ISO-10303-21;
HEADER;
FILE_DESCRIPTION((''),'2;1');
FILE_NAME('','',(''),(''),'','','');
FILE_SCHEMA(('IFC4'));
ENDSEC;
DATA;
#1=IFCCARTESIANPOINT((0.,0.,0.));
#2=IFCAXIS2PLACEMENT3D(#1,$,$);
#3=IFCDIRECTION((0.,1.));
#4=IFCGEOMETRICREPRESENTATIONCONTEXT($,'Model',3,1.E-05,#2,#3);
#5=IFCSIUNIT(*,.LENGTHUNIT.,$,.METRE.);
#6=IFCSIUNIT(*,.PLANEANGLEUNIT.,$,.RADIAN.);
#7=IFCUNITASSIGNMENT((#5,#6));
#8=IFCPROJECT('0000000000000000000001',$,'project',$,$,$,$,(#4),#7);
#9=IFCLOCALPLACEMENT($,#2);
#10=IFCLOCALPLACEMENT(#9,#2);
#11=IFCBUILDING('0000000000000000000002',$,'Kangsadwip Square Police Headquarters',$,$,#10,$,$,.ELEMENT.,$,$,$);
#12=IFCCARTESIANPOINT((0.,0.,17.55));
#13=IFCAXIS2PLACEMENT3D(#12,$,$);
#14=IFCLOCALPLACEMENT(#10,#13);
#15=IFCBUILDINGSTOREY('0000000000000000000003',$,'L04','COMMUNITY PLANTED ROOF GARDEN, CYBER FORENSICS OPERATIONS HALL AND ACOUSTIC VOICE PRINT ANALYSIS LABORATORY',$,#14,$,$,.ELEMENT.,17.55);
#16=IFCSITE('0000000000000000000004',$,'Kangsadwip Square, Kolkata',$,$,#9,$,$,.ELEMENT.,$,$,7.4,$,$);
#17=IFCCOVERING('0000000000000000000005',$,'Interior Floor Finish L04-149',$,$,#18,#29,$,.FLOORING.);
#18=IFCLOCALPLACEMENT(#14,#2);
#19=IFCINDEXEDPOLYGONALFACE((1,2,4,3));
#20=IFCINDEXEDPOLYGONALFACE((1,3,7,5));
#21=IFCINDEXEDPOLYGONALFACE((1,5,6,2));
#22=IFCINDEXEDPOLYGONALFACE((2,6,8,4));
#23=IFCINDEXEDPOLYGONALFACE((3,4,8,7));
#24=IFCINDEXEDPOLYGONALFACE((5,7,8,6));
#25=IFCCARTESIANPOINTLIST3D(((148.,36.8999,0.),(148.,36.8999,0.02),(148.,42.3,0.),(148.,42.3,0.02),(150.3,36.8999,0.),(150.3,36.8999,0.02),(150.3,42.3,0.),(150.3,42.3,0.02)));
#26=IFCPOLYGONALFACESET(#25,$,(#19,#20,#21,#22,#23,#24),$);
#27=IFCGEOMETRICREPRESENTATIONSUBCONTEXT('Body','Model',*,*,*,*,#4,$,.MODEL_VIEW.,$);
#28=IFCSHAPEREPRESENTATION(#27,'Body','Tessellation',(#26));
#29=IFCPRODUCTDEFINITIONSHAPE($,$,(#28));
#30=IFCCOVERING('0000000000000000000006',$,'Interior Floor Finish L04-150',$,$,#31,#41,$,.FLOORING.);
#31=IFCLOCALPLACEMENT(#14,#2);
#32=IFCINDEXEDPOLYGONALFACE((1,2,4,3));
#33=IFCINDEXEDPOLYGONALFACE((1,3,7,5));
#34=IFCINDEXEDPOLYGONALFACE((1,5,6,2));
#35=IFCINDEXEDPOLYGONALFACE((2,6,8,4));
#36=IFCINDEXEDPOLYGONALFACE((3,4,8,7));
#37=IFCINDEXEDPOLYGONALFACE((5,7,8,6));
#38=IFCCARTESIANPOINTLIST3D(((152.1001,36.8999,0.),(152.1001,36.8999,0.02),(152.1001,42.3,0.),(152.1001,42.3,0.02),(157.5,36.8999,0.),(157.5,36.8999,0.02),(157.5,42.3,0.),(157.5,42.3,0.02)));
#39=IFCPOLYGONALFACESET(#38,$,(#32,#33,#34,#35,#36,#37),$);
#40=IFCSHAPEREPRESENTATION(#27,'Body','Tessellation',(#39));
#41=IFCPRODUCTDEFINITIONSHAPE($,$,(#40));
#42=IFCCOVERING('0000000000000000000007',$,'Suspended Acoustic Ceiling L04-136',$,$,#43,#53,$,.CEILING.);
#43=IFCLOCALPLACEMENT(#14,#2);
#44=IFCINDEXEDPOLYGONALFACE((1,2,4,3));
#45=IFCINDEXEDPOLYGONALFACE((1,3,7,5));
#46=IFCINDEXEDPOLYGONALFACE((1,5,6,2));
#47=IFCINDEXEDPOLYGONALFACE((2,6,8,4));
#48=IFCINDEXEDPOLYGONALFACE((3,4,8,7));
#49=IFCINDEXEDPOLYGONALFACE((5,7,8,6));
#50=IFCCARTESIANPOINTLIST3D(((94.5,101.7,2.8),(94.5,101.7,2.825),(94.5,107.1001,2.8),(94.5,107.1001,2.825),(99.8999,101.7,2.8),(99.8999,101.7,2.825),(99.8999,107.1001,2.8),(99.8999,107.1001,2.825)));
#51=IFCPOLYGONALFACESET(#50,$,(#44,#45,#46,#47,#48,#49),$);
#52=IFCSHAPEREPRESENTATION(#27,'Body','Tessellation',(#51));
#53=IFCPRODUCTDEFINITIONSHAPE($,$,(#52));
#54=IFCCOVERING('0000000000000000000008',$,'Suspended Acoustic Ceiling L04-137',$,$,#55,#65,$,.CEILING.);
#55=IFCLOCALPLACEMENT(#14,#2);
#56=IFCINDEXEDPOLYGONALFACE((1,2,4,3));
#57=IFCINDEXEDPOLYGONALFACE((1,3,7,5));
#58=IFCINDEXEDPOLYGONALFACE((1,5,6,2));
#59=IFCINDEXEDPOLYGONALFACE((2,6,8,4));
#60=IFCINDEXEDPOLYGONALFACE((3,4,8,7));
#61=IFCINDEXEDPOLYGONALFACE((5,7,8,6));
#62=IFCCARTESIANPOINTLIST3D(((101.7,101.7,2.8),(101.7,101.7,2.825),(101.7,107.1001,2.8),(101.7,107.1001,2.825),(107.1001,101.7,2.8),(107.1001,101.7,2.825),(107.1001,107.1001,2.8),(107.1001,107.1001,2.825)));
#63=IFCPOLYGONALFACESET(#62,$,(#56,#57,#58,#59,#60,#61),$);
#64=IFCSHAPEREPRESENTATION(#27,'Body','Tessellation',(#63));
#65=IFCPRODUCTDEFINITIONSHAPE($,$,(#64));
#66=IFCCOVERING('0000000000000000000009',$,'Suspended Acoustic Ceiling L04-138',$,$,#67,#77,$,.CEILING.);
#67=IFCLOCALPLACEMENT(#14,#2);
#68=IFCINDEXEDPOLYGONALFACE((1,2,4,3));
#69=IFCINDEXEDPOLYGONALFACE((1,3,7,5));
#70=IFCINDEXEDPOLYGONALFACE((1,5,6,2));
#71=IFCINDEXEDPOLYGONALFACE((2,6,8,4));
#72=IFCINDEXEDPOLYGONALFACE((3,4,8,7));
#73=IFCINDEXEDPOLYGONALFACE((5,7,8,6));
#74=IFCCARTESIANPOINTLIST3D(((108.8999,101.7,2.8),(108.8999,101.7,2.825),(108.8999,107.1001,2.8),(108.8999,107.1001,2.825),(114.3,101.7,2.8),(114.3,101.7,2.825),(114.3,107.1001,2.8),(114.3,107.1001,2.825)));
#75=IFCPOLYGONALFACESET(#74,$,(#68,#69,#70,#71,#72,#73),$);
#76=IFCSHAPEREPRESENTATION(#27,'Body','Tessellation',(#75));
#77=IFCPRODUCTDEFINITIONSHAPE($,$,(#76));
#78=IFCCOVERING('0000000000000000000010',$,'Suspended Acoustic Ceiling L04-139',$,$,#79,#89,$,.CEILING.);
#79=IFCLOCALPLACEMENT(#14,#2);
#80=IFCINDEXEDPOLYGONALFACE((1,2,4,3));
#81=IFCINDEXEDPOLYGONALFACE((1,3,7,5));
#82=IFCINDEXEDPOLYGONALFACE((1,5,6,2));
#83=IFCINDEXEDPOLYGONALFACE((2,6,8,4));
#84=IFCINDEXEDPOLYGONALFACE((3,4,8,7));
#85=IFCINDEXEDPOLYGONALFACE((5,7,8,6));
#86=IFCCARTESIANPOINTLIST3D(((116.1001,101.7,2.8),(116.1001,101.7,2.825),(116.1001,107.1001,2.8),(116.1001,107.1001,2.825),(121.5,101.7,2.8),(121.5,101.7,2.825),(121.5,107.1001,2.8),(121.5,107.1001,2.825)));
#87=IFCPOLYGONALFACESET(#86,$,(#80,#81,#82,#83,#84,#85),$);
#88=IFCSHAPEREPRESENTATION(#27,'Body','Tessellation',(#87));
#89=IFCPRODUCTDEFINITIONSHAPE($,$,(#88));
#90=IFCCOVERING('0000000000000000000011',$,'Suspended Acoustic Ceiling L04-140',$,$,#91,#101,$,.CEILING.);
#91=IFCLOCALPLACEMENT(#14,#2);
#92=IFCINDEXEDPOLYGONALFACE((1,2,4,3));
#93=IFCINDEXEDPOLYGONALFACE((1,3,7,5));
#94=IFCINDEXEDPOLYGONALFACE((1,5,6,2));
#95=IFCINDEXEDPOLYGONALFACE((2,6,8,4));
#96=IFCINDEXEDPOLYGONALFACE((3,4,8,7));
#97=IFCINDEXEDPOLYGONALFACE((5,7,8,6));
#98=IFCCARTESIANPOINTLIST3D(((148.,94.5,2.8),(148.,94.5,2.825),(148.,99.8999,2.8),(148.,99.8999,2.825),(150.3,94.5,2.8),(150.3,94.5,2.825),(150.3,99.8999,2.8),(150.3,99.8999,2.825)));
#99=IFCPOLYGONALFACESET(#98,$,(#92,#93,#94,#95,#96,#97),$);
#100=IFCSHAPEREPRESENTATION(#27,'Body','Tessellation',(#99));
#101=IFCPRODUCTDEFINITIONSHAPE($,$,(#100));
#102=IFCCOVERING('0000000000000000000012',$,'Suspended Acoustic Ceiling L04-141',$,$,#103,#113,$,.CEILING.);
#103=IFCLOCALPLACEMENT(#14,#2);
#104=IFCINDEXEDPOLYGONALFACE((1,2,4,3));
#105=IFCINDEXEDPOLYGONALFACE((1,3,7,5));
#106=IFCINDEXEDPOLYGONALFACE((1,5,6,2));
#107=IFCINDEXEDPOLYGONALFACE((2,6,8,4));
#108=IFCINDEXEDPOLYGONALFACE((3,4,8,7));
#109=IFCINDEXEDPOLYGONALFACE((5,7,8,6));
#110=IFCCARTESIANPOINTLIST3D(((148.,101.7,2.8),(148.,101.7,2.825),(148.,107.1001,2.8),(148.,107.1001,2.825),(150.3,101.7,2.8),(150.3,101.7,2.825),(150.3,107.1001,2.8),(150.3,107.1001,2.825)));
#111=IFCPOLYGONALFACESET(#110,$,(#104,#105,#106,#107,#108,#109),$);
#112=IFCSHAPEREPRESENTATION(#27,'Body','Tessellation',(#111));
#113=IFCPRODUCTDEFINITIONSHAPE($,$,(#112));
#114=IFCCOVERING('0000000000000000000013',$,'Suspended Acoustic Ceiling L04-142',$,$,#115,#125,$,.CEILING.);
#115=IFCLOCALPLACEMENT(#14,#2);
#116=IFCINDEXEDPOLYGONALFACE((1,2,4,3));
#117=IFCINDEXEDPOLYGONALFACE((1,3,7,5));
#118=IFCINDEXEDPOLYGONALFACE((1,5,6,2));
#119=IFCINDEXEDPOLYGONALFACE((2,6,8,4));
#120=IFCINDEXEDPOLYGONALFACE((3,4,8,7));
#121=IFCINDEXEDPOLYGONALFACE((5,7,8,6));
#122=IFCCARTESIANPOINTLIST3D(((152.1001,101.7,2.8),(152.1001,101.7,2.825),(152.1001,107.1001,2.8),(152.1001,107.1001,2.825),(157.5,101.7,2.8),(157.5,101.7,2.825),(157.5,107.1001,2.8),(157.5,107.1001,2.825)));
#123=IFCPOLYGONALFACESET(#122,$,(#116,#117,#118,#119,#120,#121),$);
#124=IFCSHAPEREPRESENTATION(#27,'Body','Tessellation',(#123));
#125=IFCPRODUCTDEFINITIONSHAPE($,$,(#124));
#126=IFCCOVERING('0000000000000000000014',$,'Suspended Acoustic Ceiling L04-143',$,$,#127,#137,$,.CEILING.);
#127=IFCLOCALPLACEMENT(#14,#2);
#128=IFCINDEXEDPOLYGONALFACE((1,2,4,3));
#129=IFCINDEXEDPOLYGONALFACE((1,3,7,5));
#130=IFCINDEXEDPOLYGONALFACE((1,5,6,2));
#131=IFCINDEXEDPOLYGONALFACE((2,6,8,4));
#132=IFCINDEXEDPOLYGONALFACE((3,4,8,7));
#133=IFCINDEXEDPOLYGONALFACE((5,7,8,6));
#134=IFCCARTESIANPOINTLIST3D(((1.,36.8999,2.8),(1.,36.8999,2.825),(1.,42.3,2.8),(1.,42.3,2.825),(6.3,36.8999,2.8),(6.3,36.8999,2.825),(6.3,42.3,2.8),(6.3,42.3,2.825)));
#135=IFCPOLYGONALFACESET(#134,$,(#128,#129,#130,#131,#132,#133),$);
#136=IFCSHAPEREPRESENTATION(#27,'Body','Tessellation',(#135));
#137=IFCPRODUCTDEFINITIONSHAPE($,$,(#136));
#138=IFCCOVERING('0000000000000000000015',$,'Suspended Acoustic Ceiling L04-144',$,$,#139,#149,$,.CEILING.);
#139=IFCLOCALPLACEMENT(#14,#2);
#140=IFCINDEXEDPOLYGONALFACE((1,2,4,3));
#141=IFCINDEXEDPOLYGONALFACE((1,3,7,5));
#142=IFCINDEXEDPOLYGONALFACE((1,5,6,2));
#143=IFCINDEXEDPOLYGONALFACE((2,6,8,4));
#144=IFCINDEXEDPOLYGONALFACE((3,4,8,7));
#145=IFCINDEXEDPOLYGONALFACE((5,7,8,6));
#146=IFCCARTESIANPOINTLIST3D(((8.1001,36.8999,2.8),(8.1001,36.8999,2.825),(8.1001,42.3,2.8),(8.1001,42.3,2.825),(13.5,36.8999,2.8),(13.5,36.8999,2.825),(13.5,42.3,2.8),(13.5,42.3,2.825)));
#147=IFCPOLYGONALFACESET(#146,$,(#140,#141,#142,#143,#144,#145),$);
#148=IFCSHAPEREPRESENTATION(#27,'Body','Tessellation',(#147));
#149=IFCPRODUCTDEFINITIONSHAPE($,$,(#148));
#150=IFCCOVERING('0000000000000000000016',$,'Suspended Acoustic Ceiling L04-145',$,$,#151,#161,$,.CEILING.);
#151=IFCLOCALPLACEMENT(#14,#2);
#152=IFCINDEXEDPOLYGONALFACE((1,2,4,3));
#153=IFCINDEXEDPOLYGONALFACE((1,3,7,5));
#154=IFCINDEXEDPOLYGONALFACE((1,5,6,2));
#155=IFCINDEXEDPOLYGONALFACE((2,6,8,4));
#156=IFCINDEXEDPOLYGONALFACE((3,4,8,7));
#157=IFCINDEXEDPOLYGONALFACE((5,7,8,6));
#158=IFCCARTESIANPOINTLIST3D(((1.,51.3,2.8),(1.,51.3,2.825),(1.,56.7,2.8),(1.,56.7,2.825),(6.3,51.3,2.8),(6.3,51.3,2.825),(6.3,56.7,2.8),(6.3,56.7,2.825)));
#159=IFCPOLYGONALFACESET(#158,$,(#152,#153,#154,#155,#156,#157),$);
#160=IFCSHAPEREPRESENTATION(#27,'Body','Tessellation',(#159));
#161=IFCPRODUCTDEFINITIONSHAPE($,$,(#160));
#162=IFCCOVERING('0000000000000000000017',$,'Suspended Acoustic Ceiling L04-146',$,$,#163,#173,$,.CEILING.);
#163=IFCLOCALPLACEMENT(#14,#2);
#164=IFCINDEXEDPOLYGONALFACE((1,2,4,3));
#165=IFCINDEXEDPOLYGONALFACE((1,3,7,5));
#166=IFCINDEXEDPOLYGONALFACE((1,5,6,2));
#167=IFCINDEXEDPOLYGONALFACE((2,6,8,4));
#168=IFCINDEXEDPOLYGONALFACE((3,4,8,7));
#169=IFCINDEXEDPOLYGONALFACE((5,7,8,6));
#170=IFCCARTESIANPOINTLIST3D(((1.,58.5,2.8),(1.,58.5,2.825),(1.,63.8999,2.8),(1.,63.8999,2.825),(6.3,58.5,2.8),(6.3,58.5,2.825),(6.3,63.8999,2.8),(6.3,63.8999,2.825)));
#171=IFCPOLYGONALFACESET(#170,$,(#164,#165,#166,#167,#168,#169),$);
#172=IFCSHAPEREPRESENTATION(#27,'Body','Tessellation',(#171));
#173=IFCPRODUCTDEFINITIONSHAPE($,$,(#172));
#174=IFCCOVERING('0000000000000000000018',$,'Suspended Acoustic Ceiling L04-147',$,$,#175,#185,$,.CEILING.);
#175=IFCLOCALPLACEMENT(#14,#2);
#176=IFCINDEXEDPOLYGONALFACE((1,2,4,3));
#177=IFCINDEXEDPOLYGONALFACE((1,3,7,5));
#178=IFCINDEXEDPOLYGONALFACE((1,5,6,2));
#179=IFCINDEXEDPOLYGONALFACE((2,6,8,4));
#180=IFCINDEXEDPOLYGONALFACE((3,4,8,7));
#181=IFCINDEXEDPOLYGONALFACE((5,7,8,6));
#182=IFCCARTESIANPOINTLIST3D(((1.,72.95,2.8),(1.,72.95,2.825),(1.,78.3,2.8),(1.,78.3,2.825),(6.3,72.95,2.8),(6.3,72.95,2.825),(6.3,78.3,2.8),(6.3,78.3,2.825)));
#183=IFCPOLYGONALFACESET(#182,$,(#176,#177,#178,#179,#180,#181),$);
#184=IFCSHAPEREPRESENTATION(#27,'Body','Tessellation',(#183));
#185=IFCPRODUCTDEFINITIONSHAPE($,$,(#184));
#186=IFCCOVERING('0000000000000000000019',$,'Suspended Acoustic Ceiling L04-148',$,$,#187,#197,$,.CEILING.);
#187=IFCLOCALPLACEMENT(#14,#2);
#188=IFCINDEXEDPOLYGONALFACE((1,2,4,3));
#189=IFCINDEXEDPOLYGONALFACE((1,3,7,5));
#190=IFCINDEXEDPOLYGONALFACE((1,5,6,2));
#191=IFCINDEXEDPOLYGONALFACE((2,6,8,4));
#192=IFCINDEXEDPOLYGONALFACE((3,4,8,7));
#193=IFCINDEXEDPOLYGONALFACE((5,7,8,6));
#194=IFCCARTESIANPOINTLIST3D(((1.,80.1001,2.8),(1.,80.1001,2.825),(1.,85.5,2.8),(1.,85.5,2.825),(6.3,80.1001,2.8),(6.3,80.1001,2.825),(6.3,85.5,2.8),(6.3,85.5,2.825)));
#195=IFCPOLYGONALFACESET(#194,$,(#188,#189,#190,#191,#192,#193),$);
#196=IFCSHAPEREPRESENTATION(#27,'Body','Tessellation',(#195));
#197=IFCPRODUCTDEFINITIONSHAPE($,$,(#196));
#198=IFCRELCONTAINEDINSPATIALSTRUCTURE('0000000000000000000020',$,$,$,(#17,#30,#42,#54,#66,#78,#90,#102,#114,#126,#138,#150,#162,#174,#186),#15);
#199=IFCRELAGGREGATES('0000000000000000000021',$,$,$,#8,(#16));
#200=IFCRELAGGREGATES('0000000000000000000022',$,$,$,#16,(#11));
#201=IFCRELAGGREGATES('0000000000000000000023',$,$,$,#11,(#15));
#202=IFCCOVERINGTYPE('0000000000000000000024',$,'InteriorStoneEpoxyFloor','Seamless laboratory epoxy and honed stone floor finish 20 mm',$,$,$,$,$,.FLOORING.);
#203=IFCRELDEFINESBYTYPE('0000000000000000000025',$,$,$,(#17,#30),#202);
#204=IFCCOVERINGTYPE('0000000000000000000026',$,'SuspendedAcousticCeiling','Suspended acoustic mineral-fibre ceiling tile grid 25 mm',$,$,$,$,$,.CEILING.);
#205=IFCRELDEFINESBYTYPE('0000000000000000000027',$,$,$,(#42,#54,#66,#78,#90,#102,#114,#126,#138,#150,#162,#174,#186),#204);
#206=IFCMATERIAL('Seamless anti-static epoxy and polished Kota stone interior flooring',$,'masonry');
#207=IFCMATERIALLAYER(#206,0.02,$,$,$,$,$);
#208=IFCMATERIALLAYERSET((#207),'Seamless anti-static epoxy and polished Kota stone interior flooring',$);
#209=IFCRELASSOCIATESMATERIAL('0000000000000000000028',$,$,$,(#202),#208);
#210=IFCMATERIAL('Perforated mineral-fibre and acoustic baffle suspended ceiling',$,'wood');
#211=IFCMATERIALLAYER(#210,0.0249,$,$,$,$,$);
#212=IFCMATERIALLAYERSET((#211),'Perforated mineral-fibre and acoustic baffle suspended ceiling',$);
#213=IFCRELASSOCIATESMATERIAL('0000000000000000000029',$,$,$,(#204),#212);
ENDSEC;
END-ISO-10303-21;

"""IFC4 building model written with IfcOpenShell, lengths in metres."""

from ifc_helpers import new_model, si_unit, direction, frame, origin, place, context, subcontext, project, spatial, polyline, outline, extrude, material, layer, layer_set, type_object, element, save


model = new_model("IFC4")

# Units and contexts
model_context = context("Model", 3, precision=1e-05, world=origin(), true_north=direction((0.0, 1.0)))
body_context = subcontext(model_context, "Body", "Model", "MODEL_VIEW")
ifc_project = project(units=[si_unit("LENGTHUNIT", "METRE"), si_unit("PLANEANGLEUNIT", "RADIAN")], contexts=[model_context])

# Site, building, storey
site_placement = place(None, origin())
site = spatial("IfcSite", under=ifc_project, at=site_placement, Name="Kangsadwip Square, Kolkata", CompositionType="ELEMENT", RefElevation=7.4)
building_placement = place(site_placement, origin())
building = spatial("IfcBuilding", under=site, at=building_placement, Name="Kangsadwip Square Police Headquarters", CompositionType="ELEMENT")
storey_placement = place(building_placement, frame((0.0, 0.0, 17.55)))
storey = spatial("IfcBuildingStorey", under=building, at=storey_placement, Name="L04", Description="COMMUNITY PLANTED ROOF GARDEN, CYBER FORENSICS OPERATIONS HALL AND ACOUSTIC VOICE PRINT ANALYSIS LABORATORY", CompositionType="ELEMENT", Elevation=17.55)

# Coverings
ifc_material_1 = material(Name="Seamless anti-static epoxy and polished Kota stone interior flooring", Category="masonry")
ifc_layer_1 = layer(ifc_material_1, 0.02)
ifc_layer_set_1 = layer_set([ifc_layer_1], Name="Seamless anti-static epoxy and polished Kota stone interior flooring")
covering_type_1 = type_object("IfcCoveringType", Name="InteriorStoneEpoxyFloor", Description="Seamless laboratory epoxy and honed stone floor finish 20 mm", PredefinedType="FLOORING", material=ifc_layer_set_1)
covering_1_placement = place(storey_placement, origin())
element("IfcCovering", 1, at=covering_1_placement, inside=storey, type_object=covering_type_1, Name="Interior Floor Finish L04-149", PredefinedType="FLOORING", context=body_context, shape_type="SweptSolid", body=[
    extrude(outline(polyline([(148.0, 36.8999), (150.3, 36.8999), (150.3, 42.3), (148.0, 42.3), (148.0, 36.8999)])), origin(), (0.0, 0.0, 1.0), 0.02),
])
covering_2_placement = place(storey_placement, origin())
element("IfcCovering", 2, at=covering_2_placement, inside=storey, type_object=covering_type_1, Name="Interior Floor Finish L04-150", PredefinedType="FLOORING", context=body_context, shape_type="SweptSolid", body=[
    extrude(outline(polyline([(152.1001, 36.8999), (157.5, 36.8999), (157.5, 42.3), (152.1001, 42.3), (152.1001, 36.8999)])), origin(), (0.0, 0.0, 1.0), 0.02),
])
ifc_material_2 = material(Name="Perforated mineral-fibre and acoustic baffle suspended ceiling", Category="wood")
ifc_layer_2 = layer(ifc_material_2, 0.0249)
ifc_layer_set_2 = layer_set([ifc_layer_2], Name="Perforated mineral-fibre and acoustic baffle suspended ceiling")
covering_type_2 = type_object("IfcCoveringType", Name="SuspendedAcousticCeiling", Description="Suspended acoustic mineral-fibre ceiling tile grid 25 mm", PredefinedType="CEILING", material=ifc_layer_set_2)
covering_3_placement = place(storey_placement, frame((0.0, 0.0, 2.8)))
element("IfcCovering", 3, at=covering_3_placement, inside=storey, type_object=covering_type_2, Name="Suspended Acoustic Ceiling L04-136", PredefinedType="CEILING", context=body_context, shape_type="SweptSolid", body=[
    extrude(outline(polyline([(94.5, 101.7), (99.8999, 101.7), (99.8999, 107.1001), (94.5, 107.1001), (94.5, 101.7)])), origin(), (0.0, 0.0, 1.0), 0.0249),
])
covering_4_placement = place(storey_placement, frame((0.0, 0.0, 2.8)))
element("IfcCovering", 4, at=covering_4_placement, inside=storey, type_object=covering_type_2, Name="Suspended Acoustic Ceiling L04-137", PredefinedType="CEILING", context=body_context, shape_type="SweptSolid", body=[
    extrude(outline(polyline([(101.7, 101.7), (107.1001, 101.7), (107.1001, 107.1001), (101.7, 107.1001), (101.7, 101.7)])), origin(), (0.0, 0.0, 1.0), 0.0249),
])
covering_5_placement = place(storey_placement, frame((0.0, 0.0, 2.8)))
element("IfcCovering", 5, at=covering_5_placement, inside=storey, type_object=covering_type_2, Name="Suspended Acoustic Ceiling L04-138", PredefinedType="CEILING", context=body_context, shape_type="SweptSolid", body=[
    extrude(outline(polyline([(108.8999, 101.7), (114.3, 101.7), (114.3, 107.1001), (108.8999, 107.1001), (108.8999, 101.7)])), origin(), (0.0, 0.0, 1.0), 0.0249),
])
covering_6_placement = place(storey_placement, frame((0.0, 0.0, 2.8)))
element("IfcCovering", 6, at=covering_6_placement, inside=storey, type_object=covering_type_2, Name="Suspended Acoustic Ceiling L04-139", PredefinedType="CEILING", context=body_context, shape_type="SweptSolid", body=[
    extrude(outline(polyline([(116.1001, 101.7), (121.5, 101.7), (121.5, 107.1001), (116.1001, 107.1001), (116.1001, 101.7)])), origin(), (0.0, 0.0, 1.0), 0.0249),
])
covering_7_placement = place(storey_placement, frame((0.0, 0.0, 2.8)))
element("IfcCovering", 7, at=covering_7_placement, inside=storey, type_object=covering_type_2, Name="Suspended Acoustic Ceiling L04-140", PredefinedType="CEILING", context=body_context, shape_type="SweptSolid", body=[
    extrude(outline(polyline([(148.0, 94.5), (150.3, 94.5), (150.3, 99.8999), (148.0, 99.8999), (148.0, 94.5)])), origin(), (0.0, 0.0, 1.0), 0.0249),
])
covering_8_placement = place(storey_placement, frame((0.0, 0.0, 2.8)))
element("IfcCovering", 8, at=covering_8_placement, inside=storey, type_object=covering_type_2, Name="Suspended Acoustic Ceiling L04-141", PredefinedType="CEILING", context=body_context, shape_type="SweptSolid", body=[
    extrude(outline(polyline([(148.0, 101.7), (150.3, 101.7), (150.3, 107.1001), (148.0, 107.1001), (148.0, 101.7)])), origin(), (0.0, 0.0, 1.0), 0.0249),
])
covering_9_placement = place(storey_placement, frame((0.0, 0.0, 2.8)))
element("IfcCovering", 9, at=covering_9_placement, inside=storey, type_object=covering_type_2, Name="Suspended Acoustic Ceiling L04-142", PredefinedType="CEILING", context=body_context, shape_type="SweptSolid", body=[
    extrude(outline(polyline([(152.1001, 101.7), (157.5, 101.7), (157.5, 107.1001), (152.1001, 107.1001), (152.1001, 101.7)])), origin(), (0.0, 0.0, 1.0), 0.0249),
])
covering_10_placement = place(storey_placement, frame((0.0, 0.0, 2.8)))
element("IfcCovering", 10, at=covering_10_placement, inside=storey, type_object=covering_type_2, Name="Suspended Acoustic Ceiling L04-143", PredefinedType="CEILING", context=body_context, shape_type="SweptSolid", body=[
    extrude(outline(polyline([(1.0, 36.8999), (6.3, 36.8999), (6.3, 42.3), (1.0, 42.3), (1.0, 36.8999)])), origin(), (0.0, 0.0, 1.0), 0.0249),
])
covering_11_placement = place(storey_placement, frame((0.0, 0.0, 2.8)))
element("IfcCovering", 11, at=covering_11_placement, inside=storey, type_object=covering_type_2, Name="Suspended Acoustic Ceiling L04-144", PredefinedType="CEILING", context=body_context, shape_type="SweptSolid", body=[
    extrude(outline(polyline([(8.1001, 36.8999), (13.5, 36.8999), (13.5, 42.3), (8.1001, 42.3), (8.1001, 36.8999)])), origin(), (0.0, 0.0, 1.0), 0.0249),
])
covering_12_placement = place(storey_placement, frame((0.0, 0.0, 2.8)))
element("IfcCovering", 12, at=covering_12_placement, inside=storey, type_object=covering_type_2, Name="Suspended Acoustic Ceiling L04-145", PredefinedType="CEILING", context=body_context, shape_type="SweptSolid", body=[
    extrude(outline(polyline([(1.0, 51.3), (6.3, 51.3), (6.3, 56.7), (1.0, 56.7), (1.0, 51.3)])), origin(), (0.0, 0.0, 1.0), 0.0249),
])
covering_13_placement = place(storey_placement, frame((0.0, 0.0, 2.8)))
element("IfcCovering", 13, at=covering_13_placement, inside=storey, type_object=covering_type_2, Name="Suspended Acoustic Ceiling L04-146", PredefinedType="CEILING", context=body_context, shape_type="SweptSolid", body=[
    extrude(outline(polyline([(1.0, 58.5), (6.3, 58.5), (6.3, 63.8999), (1.0, 63.8999), (1.0, 58.5)])), origin(), (0.0, 0.0, 1.0), 0.0249),
])
covering_14_placement = place(storey_placement, frame((0.0, 0.0, 2.8)))
element("IfcCovering", 14, at=covering_14_placement, inside=storey, type_object=covering_type_2, Name="Suspended Acoustic Ceiling L04-147", PredefinedType="CEILING", context=body_context, shape_type="SweptSolid", body=[
    extrude(outline(polyline([(1.0, 72.95), (6.3, 72.95), (6.3, 78.3), (1.0, 78.3), (1.0, 72.95)])), origin(), (0.0, 0.0, 1.0), 0.0249),
])
covering_15_placement = place(storey_placement, frame((0.0, 0.0, 2.8)))
element("IfcCovering", 15, at=covering_15_placement, inside=storey, type_object=covering_type_2, Name="Suspended Acoustic Ceiling L04-148", PredefinedType="CEILING", context=body_context, shape_type="SweptSolid", body=[
    extrude(outline(polyline([(1.0, 80.1001), (6.3, 80.1001), (6.3, 85.5), (1.0, 85.5), (1.0, 80.1001)])), origin(), (0.0, 0.0, 1.0), 0.0249),
])

save(model, "model.ifc")
